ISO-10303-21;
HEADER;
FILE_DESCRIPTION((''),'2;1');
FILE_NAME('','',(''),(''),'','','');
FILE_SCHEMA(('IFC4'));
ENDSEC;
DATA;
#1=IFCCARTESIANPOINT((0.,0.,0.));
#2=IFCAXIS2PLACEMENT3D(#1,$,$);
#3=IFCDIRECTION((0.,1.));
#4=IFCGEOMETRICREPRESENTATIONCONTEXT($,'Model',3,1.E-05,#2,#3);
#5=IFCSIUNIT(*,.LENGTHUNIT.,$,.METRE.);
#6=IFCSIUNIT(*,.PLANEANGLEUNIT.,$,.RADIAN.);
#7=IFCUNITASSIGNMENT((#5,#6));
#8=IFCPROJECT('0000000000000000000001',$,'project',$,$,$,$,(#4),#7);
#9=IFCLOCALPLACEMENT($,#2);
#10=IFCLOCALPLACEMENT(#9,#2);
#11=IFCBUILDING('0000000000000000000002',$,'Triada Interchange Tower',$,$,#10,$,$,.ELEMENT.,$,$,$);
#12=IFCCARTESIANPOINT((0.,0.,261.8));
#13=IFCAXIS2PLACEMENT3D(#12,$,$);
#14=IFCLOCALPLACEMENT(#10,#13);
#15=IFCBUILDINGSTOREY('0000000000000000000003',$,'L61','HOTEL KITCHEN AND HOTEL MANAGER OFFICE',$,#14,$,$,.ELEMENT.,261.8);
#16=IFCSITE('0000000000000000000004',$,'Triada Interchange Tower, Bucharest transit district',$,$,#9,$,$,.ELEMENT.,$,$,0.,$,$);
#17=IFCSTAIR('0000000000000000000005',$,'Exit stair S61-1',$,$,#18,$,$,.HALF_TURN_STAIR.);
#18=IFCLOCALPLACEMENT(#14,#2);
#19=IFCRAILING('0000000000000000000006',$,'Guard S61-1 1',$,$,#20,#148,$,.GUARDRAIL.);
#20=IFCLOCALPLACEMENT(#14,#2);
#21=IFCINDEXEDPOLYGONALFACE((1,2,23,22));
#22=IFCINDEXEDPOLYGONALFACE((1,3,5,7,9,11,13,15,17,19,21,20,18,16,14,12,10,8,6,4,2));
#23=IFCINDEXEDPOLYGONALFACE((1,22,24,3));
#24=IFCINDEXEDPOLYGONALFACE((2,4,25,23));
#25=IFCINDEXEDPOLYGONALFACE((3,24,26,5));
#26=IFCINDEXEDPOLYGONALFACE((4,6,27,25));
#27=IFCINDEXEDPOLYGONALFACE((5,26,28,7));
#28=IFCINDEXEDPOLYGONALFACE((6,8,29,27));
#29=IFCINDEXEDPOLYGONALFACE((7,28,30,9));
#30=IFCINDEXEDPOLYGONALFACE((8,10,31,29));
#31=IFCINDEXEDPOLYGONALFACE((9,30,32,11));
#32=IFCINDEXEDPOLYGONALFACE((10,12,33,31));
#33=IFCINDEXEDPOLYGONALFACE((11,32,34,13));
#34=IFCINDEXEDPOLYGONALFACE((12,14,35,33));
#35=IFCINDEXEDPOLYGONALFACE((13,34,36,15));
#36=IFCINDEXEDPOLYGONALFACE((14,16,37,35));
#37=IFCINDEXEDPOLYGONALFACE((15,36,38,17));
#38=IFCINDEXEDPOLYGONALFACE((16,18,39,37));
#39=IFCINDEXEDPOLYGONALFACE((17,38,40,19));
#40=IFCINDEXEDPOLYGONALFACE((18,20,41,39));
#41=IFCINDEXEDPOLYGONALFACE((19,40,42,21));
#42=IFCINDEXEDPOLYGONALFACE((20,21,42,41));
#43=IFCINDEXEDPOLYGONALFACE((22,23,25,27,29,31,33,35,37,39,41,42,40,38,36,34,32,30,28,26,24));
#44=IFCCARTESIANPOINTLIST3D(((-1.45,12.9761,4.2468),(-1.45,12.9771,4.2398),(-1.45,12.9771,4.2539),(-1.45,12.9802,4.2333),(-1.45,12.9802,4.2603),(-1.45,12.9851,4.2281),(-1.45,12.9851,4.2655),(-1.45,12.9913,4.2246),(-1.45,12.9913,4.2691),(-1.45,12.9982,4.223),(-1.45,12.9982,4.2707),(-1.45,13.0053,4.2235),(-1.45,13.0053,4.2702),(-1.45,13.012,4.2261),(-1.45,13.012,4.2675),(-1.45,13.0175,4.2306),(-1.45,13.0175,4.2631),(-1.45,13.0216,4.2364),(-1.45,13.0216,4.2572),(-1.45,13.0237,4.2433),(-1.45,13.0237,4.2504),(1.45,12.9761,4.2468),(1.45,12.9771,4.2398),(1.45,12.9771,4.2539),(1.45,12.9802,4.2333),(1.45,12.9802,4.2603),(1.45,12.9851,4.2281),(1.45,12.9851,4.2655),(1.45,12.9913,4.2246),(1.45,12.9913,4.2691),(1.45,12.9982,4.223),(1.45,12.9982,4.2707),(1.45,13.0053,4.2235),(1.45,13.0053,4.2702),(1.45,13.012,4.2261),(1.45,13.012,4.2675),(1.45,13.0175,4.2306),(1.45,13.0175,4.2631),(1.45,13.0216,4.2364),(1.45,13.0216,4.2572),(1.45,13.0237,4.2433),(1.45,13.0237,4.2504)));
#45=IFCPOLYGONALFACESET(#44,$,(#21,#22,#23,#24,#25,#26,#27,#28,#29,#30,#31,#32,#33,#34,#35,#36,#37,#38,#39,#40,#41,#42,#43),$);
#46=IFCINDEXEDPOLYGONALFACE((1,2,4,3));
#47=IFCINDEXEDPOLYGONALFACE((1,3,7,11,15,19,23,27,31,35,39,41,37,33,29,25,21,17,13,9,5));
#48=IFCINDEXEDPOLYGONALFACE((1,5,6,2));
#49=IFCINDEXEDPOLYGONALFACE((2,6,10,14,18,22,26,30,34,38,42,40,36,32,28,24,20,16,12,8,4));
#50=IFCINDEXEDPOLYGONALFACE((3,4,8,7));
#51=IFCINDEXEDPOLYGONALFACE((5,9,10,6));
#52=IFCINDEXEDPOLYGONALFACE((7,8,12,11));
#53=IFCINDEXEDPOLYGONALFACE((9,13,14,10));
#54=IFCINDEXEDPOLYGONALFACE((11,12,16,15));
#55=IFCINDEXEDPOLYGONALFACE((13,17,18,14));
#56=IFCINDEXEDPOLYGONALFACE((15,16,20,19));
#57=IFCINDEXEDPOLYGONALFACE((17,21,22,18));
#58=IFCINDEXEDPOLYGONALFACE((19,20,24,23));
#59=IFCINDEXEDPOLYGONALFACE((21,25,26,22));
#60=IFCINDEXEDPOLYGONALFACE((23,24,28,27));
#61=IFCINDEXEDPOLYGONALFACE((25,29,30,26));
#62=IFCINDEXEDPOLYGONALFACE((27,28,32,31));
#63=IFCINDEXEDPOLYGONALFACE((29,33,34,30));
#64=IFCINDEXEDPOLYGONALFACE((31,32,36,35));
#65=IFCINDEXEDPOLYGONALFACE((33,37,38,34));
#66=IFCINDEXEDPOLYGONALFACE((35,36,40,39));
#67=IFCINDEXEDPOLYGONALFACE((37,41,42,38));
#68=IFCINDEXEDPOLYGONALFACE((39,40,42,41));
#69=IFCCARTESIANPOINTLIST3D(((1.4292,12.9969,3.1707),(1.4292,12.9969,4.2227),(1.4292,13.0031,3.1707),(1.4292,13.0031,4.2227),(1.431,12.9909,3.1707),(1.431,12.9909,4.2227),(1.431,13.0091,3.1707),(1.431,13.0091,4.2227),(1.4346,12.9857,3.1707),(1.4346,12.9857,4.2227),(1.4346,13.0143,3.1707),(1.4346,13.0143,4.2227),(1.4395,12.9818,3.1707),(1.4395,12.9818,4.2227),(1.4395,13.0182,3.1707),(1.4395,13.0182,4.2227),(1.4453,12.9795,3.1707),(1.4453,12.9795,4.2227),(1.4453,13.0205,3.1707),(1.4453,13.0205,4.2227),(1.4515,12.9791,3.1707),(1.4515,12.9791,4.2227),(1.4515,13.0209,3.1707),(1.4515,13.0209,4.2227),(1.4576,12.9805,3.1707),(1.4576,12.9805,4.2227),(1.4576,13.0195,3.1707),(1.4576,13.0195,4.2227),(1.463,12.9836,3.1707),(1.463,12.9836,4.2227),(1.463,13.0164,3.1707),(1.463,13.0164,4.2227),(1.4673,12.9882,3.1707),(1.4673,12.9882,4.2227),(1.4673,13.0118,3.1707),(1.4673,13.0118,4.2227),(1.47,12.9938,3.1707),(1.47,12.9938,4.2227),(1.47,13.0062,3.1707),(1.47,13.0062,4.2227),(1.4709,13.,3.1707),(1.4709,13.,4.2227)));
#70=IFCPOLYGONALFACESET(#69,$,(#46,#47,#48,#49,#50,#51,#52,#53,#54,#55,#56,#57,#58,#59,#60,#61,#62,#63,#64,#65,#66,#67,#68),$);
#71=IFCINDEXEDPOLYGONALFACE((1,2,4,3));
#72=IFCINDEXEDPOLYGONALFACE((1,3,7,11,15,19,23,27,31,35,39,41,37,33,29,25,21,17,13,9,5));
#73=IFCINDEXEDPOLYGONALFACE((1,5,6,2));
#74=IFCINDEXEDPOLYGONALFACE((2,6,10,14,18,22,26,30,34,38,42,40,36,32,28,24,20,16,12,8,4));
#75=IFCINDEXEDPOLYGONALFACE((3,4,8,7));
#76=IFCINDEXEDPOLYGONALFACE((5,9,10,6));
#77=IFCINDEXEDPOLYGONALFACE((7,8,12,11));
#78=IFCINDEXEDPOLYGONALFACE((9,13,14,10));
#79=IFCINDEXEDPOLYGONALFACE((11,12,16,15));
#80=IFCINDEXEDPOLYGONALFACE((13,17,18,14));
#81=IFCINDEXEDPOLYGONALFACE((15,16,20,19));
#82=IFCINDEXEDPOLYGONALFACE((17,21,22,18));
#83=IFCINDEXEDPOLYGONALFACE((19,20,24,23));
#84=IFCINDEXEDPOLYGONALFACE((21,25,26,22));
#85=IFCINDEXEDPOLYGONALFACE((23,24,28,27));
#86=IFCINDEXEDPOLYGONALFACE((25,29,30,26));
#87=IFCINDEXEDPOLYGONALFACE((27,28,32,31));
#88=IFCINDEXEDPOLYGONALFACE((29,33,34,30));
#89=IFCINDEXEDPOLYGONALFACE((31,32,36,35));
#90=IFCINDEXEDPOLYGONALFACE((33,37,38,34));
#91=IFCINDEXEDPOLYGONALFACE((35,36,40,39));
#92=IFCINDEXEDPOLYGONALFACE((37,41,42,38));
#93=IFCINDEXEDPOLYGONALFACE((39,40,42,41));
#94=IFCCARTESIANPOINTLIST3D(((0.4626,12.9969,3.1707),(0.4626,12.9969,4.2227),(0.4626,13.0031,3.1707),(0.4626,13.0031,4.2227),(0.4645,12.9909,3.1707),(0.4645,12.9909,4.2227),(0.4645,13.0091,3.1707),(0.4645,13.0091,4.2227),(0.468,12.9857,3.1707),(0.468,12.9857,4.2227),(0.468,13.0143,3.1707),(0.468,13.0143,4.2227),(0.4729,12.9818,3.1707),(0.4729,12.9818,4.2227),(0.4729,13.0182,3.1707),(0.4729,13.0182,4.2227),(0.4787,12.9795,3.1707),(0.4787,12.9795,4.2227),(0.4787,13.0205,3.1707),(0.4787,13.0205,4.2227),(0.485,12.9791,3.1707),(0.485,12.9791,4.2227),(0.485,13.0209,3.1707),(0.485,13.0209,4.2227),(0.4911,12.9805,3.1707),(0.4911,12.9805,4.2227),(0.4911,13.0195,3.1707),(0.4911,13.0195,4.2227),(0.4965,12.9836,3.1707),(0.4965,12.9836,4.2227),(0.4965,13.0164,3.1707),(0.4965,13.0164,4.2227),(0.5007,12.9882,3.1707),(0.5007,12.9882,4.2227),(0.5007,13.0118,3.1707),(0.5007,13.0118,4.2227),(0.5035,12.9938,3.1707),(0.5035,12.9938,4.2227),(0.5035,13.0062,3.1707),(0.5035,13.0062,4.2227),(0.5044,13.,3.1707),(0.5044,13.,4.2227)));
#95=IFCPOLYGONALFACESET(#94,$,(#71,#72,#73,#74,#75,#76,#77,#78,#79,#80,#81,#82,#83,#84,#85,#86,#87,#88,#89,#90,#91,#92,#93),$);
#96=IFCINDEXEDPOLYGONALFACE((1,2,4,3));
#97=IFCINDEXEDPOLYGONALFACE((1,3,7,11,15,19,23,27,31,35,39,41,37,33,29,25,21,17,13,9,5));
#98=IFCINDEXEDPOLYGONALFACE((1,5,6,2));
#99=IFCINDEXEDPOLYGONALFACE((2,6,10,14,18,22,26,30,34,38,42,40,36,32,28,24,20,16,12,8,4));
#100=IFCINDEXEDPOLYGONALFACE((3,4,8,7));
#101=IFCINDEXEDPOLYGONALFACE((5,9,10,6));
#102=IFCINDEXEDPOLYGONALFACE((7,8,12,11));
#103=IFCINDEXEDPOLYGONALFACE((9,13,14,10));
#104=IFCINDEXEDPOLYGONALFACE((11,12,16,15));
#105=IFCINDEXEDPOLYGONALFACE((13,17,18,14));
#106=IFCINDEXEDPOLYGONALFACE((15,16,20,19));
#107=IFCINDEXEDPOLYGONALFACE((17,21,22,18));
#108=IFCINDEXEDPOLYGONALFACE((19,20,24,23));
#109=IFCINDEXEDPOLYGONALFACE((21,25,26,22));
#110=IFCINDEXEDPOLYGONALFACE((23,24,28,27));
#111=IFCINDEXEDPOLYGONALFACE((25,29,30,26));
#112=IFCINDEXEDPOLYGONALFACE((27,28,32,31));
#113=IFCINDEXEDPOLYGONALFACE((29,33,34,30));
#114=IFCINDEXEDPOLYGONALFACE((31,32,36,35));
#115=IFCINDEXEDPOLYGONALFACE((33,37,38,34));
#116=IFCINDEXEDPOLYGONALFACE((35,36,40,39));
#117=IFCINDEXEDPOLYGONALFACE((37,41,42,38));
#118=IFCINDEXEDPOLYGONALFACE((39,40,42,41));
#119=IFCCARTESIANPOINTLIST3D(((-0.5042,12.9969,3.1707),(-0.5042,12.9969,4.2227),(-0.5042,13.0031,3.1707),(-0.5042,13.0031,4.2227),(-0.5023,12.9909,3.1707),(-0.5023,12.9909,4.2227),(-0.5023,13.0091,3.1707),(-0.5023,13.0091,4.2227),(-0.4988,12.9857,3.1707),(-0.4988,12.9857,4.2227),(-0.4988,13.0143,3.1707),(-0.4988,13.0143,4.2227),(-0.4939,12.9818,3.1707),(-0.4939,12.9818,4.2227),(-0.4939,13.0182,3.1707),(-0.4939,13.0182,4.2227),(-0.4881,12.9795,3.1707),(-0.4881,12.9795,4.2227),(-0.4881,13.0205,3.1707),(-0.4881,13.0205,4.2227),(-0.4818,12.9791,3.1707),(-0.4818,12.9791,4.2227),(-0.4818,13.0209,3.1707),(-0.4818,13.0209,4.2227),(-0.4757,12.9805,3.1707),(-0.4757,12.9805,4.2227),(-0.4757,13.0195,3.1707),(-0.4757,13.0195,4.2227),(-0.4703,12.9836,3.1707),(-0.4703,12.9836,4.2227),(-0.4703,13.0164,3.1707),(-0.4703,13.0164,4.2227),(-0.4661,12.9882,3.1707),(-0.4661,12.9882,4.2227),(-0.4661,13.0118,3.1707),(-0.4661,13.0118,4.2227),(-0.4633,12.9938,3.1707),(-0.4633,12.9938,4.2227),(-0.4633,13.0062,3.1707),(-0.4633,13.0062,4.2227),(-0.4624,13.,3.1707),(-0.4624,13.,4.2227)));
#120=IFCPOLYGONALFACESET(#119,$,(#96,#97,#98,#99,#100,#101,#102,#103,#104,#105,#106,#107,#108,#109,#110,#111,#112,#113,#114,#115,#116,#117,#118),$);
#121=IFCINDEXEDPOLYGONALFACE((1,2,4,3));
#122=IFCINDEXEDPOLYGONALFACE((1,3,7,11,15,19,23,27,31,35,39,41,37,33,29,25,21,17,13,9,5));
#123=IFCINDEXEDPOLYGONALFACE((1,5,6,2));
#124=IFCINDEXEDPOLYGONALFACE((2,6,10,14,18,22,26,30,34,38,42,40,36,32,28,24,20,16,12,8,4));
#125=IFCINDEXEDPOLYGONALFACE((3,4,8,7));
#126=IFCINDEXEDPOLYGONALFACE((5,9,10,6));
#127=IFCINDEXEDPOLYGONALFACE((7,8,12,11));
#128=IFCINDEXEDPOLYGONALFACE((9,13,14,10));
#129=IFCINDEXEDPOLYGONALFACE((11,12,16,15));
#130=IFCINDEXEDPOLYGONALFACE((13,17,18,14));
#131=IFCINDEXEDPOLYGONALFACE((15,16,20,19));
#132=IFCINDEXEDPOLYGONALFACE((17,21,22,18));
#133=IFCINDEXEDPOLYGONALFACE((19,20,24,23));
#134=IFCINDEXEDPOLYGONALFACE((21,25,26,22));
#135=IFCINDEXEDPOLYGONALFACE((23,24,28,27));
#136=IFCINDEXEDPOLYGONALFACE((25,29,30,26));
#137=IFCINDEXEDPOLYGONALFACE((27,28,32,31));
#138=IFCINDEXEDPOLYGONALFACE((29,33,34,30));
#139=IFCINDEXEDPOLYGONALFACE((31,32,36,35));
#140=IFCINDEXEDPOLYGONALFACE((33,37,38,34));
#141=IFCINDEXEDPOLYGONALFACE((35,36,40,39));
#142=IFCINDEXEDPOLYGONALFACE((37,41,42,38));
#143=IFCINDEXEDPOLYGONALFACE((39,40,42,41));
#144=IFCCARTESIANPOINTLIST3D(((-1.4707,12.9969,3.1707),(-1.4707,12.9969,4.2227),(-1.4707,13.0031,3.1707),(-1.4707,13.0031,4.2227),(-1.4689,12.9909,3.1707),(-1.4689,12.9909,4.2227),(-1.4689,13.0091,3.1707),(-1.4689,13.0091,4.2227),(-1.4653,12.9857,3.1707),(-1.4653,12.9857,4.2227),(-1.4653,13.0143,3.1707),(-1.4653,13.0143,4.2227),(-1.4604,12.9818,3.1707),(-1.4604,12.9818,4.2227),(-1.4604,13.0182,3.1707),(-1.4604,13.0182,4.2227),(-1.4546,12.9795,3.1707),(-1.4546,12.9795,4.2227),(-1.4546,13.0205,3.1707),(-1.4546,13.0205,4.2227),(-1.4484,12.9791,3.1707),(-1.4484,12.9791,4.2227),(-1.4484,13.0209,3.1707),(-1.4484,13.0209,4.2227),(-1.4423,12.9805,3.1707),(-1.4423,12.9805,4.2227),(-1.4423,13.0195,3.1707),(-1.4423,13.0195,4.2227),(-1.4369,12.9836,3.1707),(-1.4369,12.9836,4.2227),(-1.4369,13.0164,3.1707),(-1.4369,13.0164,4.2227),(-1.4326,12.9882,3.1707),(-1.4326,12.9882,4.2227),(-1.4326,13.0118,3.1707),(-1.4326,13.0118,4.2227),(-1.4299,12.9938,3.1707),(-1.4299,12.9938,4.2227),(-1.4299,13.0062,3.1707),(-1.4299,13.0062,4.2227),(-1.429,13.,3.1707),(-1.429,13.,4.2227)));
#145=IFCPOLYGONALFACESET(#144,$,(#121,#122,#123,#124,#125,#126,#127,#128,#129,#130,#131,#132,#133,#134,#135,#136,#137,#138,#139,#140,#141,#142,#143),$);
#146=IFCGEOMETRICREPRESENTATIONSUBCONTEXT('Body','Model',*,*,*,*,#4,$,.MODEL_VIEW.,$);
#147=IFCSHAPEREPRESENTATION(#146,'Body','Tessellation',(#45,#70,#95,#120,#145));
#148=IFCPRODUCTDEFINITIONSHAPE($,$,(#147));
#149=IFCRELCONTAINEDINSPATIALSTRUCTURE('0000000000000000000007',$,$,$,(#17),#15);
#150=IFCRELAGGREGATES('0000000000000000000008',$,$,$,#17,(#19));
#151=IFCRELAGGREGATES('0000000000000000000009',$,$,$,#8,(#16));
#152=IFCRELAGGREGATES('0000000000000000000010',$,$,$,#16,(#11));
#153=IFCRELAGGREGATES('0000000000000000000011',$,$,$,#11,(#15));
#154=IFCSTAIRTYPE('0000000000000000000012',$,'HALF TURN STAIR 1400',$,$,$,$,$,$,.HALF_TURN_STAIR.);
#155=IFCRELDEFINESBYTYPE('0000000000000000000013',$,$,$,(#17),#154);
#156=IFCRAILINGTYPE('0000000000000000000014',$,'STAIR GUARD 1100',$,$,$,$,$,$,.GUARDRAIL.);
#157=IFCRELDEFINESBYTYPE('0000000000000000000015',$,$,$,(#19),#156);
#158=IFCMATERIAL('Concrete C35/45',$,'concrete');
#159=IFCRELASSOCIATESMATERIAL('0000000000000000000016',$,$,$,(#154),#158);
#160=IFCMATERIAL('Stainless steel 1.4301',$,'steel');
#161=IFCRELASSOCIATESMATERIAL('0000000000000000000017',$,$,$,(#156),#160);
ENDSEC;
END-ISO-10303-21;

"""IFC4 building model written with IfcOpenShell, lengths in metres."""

from ifc_helpers import new_model, si_unit, direction, frame, origin, origin_2d, place, context, subcontext, project, spatial, circle, extrude, material, type_object, element, aggregate, save


model = new_model("IFC4")

# Units and contexts
model_context = context("Model", 3, precision=1e-05, world=origin(), true_north=direction((0.0, 1.0)))
body_context = subcontext(model_context, "Body", "Model", "MODEL_VIEW")
ifc_project = project(units=[si_unit("LENGTHUNIT", "METRE"), si_unit("PLANEANGLEUNIT", "RADIAN")], contexts=[model_context])

# Site, building, storey
site_placement = place(None, origin())
site = spatial("IfcSite", under=ifc_project, at=site_placement, Name="Triada Interchange Tower, Bucharest transit district", CompositionType="ELEMENT", RefElevation=0.0)
building_placement = place(site_placement, origin())
building = spatial("IfcBuilding", under=site, at=building_placement, Name="Triada Interchange Tower", CompositionType="ELEMENT")
storey_placement = place(building_placement, frame((0.0, 0.0, 261.8)))
storey = spatial("IfcBuildingStorey", under=building, at=storey_placement, Name="L61", Description="HOTEL KITCHEN AND HOTEL MANAGER OFFICE", CompositionType="ELEMENT", Elevation=261.8)

# Shared definitions
ifc_material_1 = material(Name="Concrete C35/45", Category="concrete")

# Stair
stair_type = type_object("IfcStairType", Name="HALF TURN STAIR 1400", PredefinedType="HALF_TURN_STAIR", material=ifc_material_1)
stair_placement = place(storey_placement, origin())
stair = element("IfcStair", 1, at=stair_placement, inside=storey, type_object=stair_type, Name="Exit stair S61-1", PredefinedType="HALF_TURN_STAIR")

# Railing
ifc_material_2 = material(Name="Stainless steel 1.4301", Category="steel")
railing_type_1 = type_object("IfcRailingType", Name="STAIR GUARD 1100", PredefinedType="GUARDRAIL", material=ifc_material_2)
railing_1_placement = place(storey_placement, frame((1.45, 13.0, 3.1707)))
railing_1 = element("IfcRailing", 2, at=railing_1_placement, type_object=railing_type_1, Name="Guard S61-1 1", PredefinedType="GUARDRAIL", context=body_context, shape_type="SweptSolid", body=[
    extrude(circle(Radius=0.0239, at=origin_2d()), frame((0.0, 0.0, 1.0762), z_axis=(-1.0, 0.0, 0.0), x_axis=(0.0, -1.0, 0.0)), (0.0, 0.0, 1.0), 2.8999),
    extrude(circle(Radius=0.021, at=origin_2d()), origin(), (0.0, 0.0, 1.0), 1.052),
    extrude(circle(Radius=0.021, at=origin_2d()), frame((-0.9666, 0.0, 0.0)), (0.0, 0.0, 1.0), 1.052),
    extrude(circle(Radius=0.021, at=origin_2d()), frame((-1.9333, 0.0, 0.0)), (0.0, 0.0, 1.0), 1.052),
    extrude(circle(Radius=0.021, at=origin_2d()), frame((-2.8999, 0.0, 0.0)), (0.0, 0.0, 1.0), 1.052),
])
aggregate(stair, [railing_1])

save(model, "model.ifc")
